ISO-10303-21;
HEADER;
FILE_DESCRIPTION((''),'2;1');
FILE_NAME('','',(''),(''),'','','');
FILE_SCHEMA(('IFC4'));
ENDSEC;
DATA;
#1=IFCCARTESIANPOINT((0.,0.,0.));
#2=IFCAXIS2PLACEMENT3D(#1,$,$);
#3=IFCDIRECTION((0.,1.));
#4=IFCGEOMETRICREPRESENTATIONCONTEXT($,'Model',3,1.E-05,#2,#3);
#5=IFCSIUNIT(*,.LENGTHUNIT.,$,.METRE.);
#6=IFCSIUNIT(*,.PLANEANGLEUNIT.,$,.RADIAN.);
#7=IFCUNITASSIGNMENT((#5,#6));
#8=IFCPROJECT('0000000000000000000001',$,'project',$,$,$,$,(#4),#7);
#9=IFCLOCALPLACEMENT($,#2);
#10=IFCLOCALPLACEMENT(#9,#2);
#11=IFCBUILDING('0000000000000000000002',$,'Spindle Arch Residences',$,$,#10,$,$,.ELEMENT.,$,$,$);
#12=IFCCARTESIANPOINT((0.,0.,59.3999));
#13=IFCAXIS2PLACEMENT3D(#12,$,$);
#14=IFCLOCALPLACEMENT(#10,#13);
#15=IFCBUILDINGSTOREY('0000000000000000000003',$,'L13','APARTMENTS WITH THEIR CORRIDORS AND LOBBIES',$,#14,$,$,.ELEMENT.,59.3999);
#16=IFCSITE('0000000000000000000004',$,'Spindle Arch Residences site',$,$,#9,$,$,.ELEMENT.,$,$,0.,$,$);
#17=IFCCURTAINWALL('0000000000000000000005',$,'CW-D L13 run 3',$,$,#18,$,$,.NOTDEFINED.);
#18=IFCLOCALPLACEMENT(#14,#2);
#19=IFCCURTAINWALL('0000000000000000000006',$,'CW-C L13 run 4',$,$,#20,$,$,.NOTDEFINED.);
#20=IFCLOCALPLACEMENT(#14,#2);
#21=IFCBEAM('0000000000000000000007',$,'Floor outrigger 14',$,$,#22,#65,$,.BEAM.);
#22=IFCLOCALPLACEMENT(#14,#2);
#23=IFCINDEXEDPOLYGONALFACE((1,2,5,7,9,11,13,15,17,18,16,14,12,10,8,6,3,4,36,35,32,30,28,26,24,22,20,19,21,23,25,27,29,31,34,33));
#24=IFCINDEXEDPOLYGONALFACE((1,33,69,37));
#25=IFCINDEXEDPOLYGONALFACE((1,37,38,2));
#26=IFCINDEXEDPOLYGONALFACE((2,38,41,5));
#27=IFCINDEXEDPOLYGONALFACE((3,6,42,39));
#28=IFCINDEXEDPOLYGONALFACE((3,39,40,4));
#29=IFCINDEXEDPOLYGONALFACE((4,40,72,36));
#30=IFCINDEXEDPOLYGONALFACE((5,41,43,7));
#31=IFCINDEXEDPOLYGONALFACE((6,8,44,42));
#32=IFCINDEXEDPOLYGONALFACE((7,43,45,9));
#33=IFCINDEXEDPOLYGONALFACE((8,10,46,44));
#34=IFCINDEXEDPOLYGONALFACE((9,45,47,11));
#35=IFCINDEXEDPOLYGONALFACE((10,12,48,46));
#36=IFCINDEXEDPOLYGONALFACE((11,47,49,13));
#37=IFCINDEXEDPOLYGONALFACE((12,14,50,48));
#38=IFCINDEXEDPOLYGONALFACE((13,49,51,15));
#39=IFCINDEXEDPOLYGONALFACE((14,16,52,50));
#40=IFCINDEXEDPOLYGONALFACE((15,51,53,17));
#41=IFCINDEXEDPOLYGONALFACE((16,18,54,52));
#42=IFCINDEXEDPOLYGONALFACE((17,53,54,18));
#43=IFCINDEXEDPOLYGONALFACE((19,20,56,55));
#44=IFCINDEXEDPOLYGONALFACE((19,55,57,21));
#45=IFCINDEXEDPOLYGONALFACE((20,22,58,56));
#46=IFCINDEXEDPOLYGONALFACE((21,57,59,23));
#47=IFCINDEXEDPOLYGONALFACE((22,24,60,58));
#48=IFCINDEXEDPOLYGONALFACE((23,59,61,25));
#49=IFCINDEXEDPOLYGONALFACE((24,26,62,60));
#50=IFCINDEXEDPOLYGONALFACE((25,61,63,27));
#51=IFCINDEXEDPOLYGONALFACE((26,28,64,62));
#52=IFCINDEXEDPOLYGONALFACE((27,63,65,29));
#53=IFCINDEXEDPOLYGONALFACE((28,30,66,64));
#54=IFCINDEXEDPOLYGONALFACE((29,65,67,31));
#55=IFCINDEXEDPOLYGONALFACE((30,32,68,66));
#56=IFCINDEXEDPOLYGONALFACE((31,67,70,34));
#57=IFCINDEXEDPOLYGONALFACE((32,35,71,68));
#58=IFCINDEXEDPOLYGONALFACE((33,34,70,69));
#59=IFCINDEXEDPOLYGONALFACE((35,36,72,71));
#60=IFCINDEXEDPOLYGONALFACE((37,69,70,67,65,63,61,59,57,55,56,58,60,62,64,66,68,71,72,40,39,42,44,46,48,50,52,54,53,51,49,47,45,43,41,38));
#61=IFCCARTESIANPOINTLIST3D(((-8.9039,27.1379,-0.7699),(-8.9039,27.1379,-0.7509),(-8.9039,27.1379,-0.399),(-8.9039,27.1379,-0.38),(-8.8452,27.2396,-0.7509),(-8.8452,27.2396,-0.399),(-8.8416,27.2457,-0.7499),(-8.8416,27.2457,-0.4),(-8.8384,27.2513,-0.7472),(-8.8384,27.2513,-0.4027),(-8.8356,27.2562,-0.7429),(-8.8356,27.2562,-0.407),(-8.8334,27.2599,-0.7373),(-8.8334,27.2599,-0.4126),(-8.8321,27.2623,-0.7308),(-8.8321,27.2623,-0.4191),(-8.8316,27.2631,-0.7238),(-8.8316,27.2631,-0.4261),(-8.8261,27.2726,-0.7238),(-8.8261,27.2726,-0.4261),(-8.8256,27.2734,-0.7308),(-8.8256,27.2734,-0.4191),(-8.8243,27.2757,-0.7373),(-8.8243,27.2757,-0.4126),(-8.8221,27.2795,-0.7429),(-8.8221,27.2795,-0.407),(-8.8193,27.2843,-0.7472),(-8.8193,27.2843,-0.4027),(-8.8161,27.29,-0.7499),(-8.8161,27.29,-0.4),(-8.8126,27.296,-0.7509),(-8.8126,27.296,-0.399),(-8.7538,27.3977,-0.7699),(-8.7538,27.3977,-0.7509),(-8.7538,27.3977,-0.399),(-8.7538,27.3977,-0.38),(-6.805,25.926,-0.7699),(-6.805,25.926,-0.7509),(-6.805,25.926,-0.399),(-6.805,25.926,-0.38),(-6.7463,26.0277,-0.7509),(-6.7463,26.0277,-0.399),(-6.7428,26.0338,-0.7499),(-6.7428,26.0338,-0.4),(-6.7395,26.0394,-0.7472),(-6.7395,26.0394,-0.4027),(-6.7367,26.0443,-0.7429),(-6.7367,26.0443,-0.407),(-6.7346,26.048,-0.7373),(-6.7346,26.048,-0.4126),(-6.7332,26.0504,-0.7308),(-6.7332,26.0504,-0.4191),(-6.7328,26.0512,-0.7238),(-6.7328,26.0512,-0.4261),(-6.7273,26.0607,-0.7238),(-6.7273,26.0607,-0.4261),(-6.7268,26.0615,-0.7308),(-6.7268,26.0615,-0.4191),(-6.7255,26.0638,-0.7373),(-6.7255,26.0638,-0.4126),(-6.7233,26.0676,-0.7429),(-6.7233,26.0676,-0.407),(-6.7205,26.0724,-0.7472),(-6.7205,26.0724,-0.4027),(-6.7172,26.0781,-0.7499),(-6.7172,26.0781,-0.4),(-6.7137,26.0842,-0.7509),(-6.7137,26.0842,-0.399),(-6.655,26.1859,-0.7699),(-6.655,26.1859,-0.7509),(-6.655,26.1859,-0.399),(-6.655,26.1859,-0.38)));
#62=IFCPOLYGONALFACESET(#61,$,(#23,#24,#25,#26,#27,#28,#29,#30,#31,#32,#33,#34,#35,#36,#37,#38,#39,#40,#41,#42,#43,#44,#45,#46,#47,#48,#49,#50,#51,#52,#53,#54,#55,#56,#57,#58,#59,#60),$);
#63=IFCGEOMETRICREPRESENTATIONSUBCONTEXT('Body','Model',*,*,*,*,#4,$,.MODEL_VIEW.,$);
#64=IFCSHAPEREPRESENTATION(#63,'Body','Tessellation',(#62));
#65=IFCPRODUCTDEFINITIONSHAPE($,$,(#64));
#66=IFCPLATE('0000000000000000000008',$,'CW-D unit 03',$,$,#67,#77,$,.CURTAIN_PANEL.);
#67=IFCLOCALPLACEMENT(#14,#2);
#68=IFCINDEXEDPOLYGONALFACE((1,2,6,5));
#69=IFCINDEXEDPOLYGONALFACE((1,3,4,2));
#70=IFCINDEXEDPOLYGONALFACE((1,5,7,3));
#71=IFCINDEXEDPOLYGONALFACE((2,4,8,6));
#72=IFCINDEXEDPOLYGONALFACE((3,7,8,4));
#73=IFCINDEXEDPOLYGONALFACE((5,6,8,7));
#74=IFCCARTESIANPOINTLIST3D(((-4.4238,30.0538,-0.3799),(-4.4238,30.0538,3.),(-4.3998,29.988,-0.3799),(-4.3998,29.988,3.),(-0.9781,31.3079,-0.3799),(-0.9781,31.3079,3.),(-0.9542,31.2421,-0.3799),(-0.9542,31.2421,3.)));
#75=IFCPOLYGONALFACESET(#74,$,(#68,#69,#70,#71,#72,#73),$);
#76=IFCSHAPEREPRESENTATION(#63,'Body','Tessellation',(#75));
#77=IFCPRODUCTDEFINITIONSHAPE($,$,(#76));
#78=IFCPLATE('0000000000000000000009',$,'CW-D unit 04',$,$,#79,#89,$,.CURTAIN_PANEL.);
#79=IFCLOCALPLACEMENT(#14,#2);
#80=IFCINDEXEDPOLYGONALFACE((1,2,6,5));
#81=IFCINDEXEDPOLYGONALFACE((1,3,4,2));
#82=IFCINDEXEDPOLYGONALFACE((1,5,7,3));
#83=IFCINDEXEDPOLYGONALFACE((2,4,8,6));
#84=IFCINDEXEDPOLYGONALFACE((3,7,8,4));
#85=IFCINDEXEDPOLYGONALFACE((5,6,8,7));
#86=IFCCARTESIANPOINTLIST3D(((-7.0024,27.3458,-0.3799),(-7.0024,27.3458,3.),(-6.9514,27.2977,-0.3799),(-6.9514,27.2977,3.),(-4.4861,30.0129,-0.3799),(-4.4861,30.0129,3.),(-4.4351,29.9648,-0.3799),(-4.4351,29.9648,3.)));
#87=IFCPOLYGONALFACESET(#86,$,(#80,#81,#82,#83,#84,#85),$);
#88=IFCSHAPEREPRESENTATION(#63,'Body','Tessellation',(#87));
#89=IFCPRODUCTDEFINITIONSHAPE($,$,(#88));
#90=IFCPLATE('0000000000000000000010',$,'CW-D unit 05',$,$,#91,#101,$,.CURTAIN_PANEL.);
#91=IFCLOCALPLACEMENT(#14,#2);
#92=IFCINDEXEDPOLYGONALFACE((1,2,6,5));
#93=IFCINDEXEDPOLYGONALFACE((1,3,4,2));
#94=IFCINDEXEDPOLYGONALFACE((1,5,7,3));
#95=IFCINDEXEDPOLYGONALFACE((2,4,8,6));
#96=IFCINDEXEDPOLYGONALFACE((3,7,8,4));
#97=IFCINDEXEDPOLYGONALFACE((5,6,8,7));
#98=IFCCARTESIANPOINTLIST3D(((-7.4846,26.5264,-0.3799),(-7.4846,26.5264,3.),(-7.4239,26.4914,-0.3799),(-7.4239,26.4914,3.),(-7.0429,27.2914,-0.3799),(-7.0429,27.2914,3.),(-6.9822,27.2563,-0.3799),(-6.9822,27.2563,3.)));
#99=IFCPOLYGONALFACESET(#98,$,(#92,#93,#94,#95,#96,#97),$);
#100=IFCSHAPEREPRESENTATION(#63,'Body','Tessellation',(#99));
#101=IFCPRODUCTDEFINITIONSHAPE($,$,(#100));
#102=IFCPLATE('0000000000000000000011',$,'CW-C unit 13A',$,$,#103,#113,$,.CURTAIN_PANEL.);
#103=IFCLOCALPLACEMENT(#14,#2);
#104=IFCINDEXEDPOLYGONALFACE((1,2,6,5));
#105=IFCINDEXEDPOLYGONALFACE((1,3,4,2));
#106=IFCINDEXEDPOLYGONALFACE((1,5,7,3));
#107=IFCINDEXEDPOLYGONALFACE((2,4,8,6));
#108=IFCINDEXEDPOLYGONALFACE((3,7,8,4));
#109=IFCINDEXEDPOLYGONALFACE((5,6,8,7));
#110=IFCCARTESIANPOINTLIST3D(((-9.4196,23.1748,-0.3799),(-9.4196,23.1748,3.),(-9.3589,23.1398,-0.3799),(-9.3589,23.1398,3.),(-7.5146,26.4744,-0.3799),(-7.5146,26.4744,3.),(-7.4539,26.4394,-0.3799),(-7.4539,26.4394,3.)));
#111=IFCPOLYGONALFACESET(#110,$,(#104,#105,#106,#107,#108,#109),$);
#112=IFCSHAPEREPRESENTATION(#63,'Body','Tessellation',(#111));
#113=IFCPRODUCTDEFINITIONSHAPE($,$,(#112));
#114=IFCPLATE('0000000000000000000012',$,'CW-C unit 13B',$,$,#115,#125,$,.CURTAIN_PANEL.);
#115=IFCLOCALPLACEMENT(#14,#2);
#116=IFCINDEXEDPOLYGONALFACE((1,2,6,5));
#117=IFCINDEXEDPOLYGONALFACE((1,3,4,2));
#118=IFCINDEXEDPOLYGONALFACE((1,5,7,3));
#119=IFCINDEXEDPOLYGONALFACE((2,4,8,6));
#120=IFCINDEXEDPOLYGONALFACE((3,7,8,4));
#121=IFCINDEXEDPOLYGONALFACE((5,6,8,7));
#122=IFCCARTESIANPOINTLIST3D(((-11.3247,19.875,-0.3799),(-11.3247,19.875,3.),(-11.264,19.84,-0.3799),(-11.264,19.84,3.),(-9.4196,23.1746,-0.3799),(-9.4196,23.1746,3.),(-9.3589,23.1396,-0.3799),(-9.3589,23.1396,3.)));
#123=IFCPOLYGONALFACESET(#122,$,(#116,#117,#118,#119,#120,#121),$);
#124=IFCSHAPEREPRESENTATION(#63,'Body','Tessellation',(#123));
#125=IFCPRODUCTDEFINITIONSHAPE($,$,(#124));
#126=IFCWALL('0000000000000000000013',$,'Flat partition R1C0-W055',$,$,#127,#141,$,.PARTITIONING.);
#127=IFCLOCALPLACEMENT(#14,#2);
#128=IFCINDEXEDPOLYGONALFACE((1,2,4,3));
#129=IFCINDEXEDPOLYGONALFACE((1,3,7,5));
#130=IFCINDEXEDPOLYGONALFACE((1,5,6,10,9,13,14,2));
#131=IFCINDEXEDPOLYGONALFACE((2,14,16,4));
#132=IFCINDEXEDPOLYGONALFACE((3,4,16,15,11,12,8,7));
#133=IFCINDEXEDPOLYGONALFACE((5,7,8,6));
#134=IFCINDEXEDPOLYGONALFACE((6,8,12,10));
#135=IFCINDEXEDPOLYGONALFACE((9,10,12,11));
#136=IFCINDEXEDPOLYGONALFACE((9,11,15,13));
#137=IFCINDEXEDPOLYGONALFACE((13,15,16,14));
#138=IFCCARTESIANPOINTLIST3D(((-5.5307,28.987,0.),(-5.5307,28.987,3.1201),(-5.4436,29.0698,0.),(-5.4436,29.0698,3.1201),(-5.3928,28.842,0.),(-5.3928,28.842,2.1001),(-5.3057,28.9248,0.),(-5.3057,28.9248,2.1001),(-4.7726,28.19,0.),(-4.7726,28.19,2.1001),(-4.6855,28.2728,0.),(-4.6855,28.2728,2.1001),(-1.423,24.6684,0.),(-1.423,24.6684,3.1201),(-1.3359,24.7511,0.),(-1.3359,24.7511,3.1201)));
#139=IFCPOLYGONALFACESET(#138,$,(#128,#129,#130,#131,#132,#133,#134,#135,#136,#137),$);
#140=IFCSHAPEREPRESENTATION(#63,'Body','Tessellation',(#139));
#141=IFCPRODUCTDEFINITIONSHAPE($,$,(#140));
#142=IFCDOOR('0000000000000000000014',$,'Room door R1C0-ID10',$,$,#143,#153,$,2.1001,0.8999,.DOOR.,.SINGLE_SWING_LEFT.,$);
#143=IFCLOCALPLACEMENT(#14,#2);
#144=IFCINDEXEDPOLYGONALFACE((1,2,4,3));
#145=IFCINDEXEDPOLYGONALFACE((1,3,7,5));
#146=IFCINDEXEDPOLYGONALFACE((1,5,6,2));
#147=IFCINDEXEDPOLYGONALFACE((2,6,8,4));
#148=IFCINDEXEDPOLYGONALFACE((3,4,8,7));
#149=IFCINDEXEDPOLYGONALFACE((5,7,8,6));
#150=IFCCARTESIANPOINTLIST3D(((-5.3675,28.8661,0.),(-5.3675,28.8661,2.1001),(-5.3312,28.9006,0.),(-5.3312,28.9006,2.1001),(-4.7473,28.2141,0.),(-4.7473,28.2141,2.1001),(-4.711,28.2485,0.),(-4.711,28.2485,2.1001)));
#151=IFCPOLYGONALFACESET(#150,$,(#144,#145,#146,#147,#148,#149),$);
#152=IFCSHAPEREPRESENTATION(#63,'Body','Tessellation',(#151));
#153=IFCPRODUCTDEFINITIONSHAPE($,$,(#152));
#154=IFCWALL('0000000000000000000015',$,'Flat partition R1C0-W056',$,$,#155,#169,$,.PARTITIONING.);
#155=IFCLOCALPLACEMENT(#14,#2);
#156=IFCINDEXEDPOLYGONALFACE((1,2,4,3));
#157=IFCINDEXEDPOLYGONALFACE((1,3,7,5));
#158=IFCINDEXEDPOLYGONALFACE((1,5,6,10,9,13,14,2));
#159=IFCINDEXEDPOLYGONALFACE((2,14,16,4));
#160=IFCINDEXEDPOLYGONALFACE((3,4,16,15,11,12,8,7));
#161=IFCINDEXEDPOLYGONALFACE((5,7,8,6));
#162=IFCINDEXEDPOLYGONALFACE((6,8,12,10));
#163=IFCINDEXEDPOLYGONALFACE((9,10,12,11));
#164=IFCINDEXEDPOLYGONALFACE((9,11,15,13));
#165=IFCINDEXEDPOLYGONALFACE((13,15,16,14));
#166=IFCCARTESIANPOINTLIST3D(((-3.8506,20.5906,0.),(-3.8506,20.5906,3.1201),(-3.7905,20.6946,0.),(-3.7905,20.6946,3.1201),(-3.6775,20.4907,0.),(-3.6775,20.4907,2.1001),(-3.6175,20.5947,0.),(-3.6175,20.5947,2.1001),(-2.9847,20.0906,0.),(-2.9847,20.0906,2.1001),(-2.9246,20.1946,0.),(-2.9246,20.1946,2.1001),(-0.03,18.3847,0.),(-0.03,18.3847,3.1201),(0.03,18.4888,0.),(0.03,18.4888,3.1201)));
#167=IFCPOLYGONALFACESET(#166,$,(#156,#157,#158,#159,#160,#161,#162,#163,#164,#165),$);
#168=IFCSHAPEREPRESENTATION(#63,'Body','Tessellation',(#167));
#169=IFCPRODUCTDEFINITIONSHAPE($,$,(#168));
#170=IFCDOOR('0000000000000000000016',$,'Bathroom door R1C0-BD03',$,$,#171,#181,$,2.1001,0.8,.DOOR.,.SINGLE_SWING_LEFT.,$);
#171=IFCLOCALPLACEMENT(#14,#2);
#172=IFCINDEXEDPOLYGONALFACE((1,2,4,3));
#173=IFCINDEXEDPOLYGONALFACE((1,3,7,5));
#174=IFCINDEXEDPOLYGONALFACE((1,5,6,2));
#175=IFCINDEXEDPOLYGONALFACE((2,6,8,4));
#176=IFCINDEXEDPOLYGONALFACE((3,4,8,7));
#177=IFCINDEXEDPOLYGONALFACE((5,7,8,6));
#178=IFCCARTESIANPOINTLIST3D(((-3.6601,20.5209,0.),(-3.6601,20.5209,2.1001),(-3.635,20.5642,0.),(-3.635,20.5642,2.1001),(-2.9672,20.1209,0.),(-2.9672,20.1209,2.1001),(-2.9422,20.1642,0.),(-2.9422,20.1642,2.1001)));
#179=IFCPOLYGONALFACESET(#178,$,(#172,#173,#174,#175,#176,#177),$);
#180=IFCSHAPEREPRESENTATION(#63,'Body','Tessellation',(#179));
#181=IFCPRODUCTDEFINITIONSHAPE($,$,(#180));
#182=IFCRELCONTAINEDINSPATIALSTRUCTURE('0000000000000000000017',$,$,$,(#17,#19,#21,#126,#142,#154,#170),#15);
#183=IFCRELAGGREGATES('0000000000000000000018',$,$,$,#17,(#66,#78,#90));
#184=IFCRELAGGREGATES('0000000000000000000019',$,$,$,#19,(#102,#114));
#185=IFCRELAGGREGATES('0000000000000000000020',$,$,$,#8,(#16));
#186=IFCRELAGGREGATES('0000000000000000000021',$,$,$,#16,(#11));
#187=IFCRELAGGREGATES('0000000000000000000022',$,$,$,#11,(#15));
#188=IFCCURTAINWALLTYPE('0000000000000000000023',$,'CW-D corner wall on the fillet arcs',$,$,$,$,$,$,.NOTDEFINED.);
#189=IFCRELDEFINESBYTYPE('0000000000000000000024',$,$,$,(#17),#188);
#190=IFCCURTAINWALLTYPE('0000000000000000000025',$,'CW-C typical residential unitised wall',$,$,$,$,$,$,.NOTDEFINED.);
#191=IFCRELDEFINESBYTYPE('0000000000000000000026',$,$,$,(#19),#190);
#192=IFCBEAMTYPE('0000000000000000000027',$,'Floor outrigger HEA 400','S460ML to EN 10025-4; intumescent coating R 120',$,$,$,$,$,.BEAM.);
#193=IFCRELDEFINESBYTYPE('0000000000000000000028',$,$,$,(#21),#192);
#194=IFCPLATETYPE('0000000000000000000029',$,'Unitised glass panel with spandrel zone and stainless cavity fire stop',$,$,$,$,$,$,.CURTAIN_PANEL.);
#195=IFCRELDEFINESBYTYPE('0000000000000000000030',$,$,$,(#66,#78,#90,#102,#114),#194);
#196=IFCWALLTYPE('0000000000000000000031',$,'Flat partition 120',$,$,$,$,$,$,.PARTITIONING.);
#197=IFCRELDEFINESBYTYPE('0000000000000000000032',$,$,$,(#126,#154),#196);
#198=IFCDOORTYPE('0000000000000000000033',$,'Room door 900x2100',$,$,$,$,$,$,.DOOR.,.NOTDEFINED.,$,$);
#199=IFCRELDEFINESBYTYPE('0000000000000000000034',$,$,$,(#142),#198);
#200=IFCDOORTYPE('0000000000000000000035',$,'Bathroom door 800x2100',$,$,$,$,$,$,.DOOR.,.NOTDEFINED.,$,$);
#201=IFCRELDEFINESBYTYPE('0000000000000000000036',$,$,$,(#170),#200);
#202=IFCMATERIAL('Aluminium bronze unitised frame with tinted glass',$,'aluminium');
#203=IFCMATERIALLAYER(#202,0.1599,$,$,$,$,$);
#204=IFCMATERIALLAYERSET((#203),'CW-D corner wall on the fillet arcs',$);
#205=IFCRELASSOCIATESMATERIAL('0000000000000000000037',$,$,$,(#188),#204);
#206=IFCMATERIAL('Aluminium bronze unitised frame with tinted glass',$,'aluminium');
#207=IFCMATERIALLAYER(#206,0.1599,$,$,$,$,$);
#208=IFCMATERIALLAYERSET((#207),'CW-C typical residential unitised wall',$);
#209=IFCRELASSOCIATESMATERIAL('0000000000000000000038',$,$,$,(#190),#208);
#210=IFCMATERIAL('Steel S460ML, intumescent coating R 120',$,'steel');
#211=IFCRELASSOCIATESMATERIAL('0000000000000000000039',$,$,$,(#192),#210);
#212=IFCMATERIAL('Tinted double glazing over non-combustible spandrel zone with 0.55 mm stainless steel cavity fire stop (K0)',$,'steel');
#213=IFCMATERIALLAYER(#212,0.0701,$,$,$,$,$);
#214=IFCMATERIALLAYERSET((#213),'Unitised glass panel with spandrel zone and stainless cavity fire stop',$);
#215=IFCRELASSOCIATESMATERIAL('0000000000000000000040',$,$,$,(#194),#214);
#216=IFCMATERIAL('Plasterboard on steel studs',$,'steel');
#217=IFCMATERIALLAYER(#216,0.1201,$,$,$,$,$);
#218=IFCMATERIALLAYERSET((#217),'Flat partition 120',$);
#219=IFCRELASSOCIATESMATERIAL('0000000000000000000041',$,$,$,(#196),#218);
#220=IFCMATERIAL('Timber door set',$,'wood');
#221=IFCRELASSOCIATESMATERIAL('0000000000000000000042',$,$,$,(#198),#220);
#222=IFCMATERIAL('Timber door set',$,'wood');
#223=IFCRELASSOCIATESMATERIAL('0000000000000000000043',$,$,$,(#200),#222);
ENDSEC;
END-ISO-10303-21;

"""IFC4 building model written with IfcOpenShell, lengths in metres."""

from ifc_helpers import new_model, si_unit, direction, frame, frame_2d, origin, origin_2d, place, context, subcontext, project, spatial, rectangle, i_section, extrude, material, layer, layer_set, material_profile, profile_set, type_object, element, fill, aggregate, save


model = new_model("IFC4")

# Units and contexts
model_context = context("Model", 3, precision=1e-05, world=origin(), true_north=direction((0.0, 1.0)))
body_context = subcontext(model_context, "Body", "Model", "MODEL_VIEW")
ifc_project = project(units=[si_unit("LENGTHUNIT", "METRE"), si_unit("PLANEANGLEUNIT", "RADIAN")], contexts=[model_context])

# Site, building, storey
site_placement = place(None, origin())
site = spatial("IfcSite", under=ifc_project, at=site_placement, Name="Spindle Arch Residences site", CompositionType="ELEMENT", RefElevation=0.0)
building_placement = place(site_placement, origin())
building = spatial("IfcBuilding", under=site, at=building_placement, Name="Spindle Arch Residences", CompositionType="ELEMENT")
storey_placement = place(building_placement, frame((0.0, 0.0, 59.3999)))
storey = spatial("IfcBuildingStorey", under=building, at=storey_placement, Name="L13", Description="APARTMENTS WITH THEIR CORRIDORS AND LOBBIES", CompositionType="ELEMENT", Elevation=59.3999)

# Curtain wall
ifc_material_1 = material(Name="Aluminium bronze unitised frame with tinted glass", Category="aluminium")
ifc_layer_1 = layer(ifc_material_1, 0.1599)
ifc_layer_set_1 = layer_set([ifc_layer_1], Name="CW-D corner wall on the fillet arcs")
curtain_wall_type_1 = type_object("IfcCurtainWallType", Name="CW-D corner wall on the fillet arcs", PredefinedType="NOTDEFINED", material=ifc_layer_set_1)
curtain_wall_1_placement = place(storey_placement, origin())
curtain_wall_1 = element("IfcCurtainWall", 1, at=curtain_wall_1_placement, inside=storey, type_object=curtain_wall_type_1, Name="CW-D L13 run 3", PredefinedType="NOTDEFINED")

# Curtain wall
ifc_material_2 = material(Name="Aluminium bronze unitised frame with tinted glass", Category="aluminium")
ifc_layer_2 = layer(ifc_material_2, 0.1599)
ifc_layer_set_2 = layer_set([ifc_layer_2], Name="CW-C typical residential unitised wall")
curtain_wall_type_2 = type_object("IfcCurtainWallType", Name="CW-C typical residential unitised wall", PredefinedType="NOTDEFINED", material=ifc_layer_set_2)
curtain_wall_2_placement = place(storey_placement, origin())
curtain_wall_2 = element("IfcCurtainWall", 2, at=curtain_wall_2_placement, inside=storey, type_object=curtain_wall_type_2, Name="CW-C L13 run 4", PredefinedType="NOTDEFINED")

# Beam
ifc_material_3 = material(Name="Steel S460ML, intumescent coating R 120", Category="steel")
ifc_material_profile_1 = material_profile(ifc_material_3, i_section(OverallWidth=0.3, OverallDepth=0.3899, WebThickness=0.011, FlangeThickness=0.019, FilletRadius=0.0271, at=origin_2d()), Name="HEA 400")
ifc_profile_set_1 = profile_set([ifc_material_profile_1], Name="Steel S460ML, intumescent coating R 120")
beam_type_1 = type_object("IfcBeamType", Name="Floor outrigger HEA 400", Description="S460ML to EN 10025-4; intumescent coating R 120", PredefinedType="BEAM", material=ifc_profile_set_1)
beam_1_placement = place(storey_placement, frame((-8.8289, 27.2678, -0.575), z_axis=(0.866003, -0.500039, 0.0), x_axis=(0.500039, 0.866003, 0.0)))
element("IfcBeam", 3, at=beam_1_placement, inside=storey, type_object=beam_type_1, Name="Floor outrigger 14", PredefinedType="BEAM", context=body_context, shape_type="SweptSolid", body=[
    extrude(i_section(OverallWidth=0.3, OverallDepth=0.3899, WebThickness=0.011, FlangeThickness=0.019, FilletRadius=0.0271, at=origin_2d()), origin(), (0.0, 0.0, 1.0), 2.4236),
])

# Plates
ifc_material_4 = material(Name="Tinted double glazing over non-combustible spandrel zone with 0.55 mm stainless steel cavity fire stop (K0)", Category="steel")
ifc_layer_3 = layer(ifc_material_4, 0.0701)
ifc_layer_set_3 = layer_set([ifc_layer_3], Name="Unitised glass panel with spandrel zone and stainless cavity fire stop")
plate_type = type_object("IfcPlateType", Name="Unitised glass panel with spandrel zone and stainless cavity fire stop", PredefinedType="CURTAIN_PANEL", material=ifc_layer_set_3)
plate_1_placement = place(storey_placement, frame((-2.689, 30.6479, -0.3799), z_axis=(0.0, 0.0, 1.0), x_axis=(-0.939693, -0.34202, 0.0)))
plate_1 = element("IfcPlate", 4, at=plate_1_placement, type_object=plate_type, Name="CW-D unit 03", PredefinedType="CURTAIN_PANEL", context=body_context, shape_type="SweptSolid", body=[
    extrude(rectangle(XDim=3.6667, YDim=0.0701, at=origin_2d()), origin(), (0.0, 0.0, 1.0), 3.3799),
])
plate_2_placement = place(storey_placement, frame((-5.7188, 28.6553, -0.3799), z_axis=(0.0, 0.0, 1.0), x_axis=(-0.686242, -0.727374, 0.0)))
plate_2 = element("IfcPlate", 5, at=plate_2_placement, type_object=plate_type, Name="CW-D unit 04", PredefinedType="CURTAIN_PANEL", context=body_context, shape_type="SweptSolid", body=[
    extrude(rectangle(XDim=3.6667, YDim=0.0701, at=origin_2d()), origin(), (0.0, 0.0, 1.0), 3.3799),
])
plate_3_placement = place(storey_placement, frame((-7.2334, 26.8914, -0.3799), z_axis=(0.0, 0.0, 1.0), x_axis=(-0.5, -0.866025, 0.0)))
plate_3 = element("IfcPlate", 6, at=plate_3_placement, type_object=plate_type, Name="CW-D unit 05", PredefinedType="CURTAIN_PANEL", context=body_context, shape_type="SweptSolid", body=[
    extrude(rectangle(XDim=0.8833, YDim=0.0701, at=origin_2d()), origin(), (0.0, 0.0, 1.0), 3.3799),
])
aggregate(curtain_wall_1, [plate_1, plate_2, plate_3])
plate_4_placement = place(storey_placement, frame((-8.4368, 24.8071, -0.3799), z_axis=(0.0, 0.0, 1.0), x_axis=(-0.5, -0.866025, 0.0)))
plate_4 = element("IfcPlate", 7, at=plate_4_placement, type_object=plate_type, Name="CW-C unit 13A", PredefinedType="CURTAIN_PANEL", context=body_context, shape_type="SweptSolid", body=[
    extrude(rectangle(XDim=3.8101, YDim=0.0701, at=origin_2d()), origin(), (0.0, 0.0, 1.0), 3.3799),
])
plate_5_placement = place(storey_placement, frame((-10.3418, 21.5073, -0.3799), z_axis=(0.0, 0.0, 1.0), x_axis=(-0.5, -0.866025, 0.0)))
plate_5 = element("IfcPlate", 8, at=plate_5_placement, type_object=plate_type, Name="CW-C unit 13B", PredefinedType="CURTAIN_PANEL", context=body_context, shape_type="SweptSolid", body=[
    extrude(rectangle(XDim=3.8101, YDim=0.0701, at=origin_2d()), origin(), (0.0, 0.0, 1.0), 3.3799),
])
aggregate(curtain_wall_2, [plate_4, plate_5])

# Walls, openings, doors
ifc_material_5 = material(Name="Plasterboard on steel studs", Category="steel")
ifc_layer_4 = layer(ifc_material_5, 0.1201)
ifc_layer_set_4 = layer_set([ifc_layer_4], Name="Flat partition 120")
wall_type = type_object("IfcWallType", Name="Flat partition 120", PredefinedType="PARTITIONING", material=ifc_layer_set_4)
wall_1_placement = place(storey_placement, frame((-5.4871, 29.0283, 0.0), z_axis=(0.0, 0.0, 1.0), x_axis=(0.68919, -0.724581, 0.0)))
wall_1 = element("IfcWall", 9, at=wall_1_placement, inside=storey, type_object=wall_type, Name="Flat partition R1C0-W055", PredefinedType="PARTITIONING", context=body_context, shape_type="SweptSolid", body=[
    extrude(rectangle(XDim=5.9602, YDim=0.1201, at=frame_2d((2.98, 0.0))), origin(), (0.0, 0.0, 1.0), 3.1201),
])
opening_1_placement = place(wall_1_placement, frame((0.2, 0.0, 0.0)))
opening_1 = element("IfcOpeningElement", 10, at=opening_1_placement, cuts=wall_1, PredefinedType="OPENING", context=body_context, shape_type="SweptSolid", body=[
    extrude(rectangle(XDim=0.8999, YDim=2.1001, at=frame_2d((0.45, 1.05))), frame((0.0, 0.0701, 0.0), z_axis=(0.0, -1.0, 0.0), x_axis=(1.0, 0.0, 0.0)), (0.0, 0.0, 1.0), 0.1401),
])
ifc_material_6 = material(Name="Timber door set", Category="wood")
door_type_1 = type_object("IfcDoorType", Name="Room door 900x2100", OperationType="NOTDEFINED", PredefinedType="DOOR", material=ifc_material_6)
door_1_placement = place(opening_1_placement, origin())
door_1 = element("IfcDoor", 11, at=door_1_placement, inside=storey, type_object=door_type_1, Name="Room door R1C0-ID10", OperationType="SINGLE_SWING_LEFT", OverallHeight=2.1001, OverallWidth=0.8999, PredefinedType="DOOR", context=body_context, shape_type="SweptSolid", body=[
    extrude(rectangle(XDim=0.8999, YDim=2.1001, at=frame_2d((0.45, 1.05))), frame((0.0, 0.0249, 0.0), z_axis=(0.0, -1.0, 0.0), x_axis=(1.0, 0.0, 0.0)), (0.0, 0.0, 1.0), 0.05),
])
fill(opening_1, door_1)
wall_2_placement = place(storey_placement, frame((-3.8206, 20.6426, 0.0), z_axis=(0.0, 0.0, 1.0), x_axis=(0.866024, -0.500002, 0.0)))
wall_2 = element("IfcWall", 12, at=wall_2_placement, inside=storey, type_object=wall_type, Name="Flat partition R1C0-W056", PredefinedType="PARTITIONING", context=body_context, shape_type="SweptSolid", body=[
    extrude(rectangle(XDim=4.4116, YDim=0.1201, at=frame_2d((2.2058, 0.0))), origin(), (0.0, 0.0, 1.0), 3.1201),
])
opening_2_placement = place(wall_2_placement, frame((0.2, 0.0, 0.0)))
opening_2 = element("IfcOpeningElement", 13, at=opening_2_placement, cuts=wall_2, PredefinedType="OPENING", context=body_context, shape_type="SweptSolid", body=[
    extrude(rectangle(XDim=0.8, YDim=2.1001, at=frame_2d((0.3999, 1.05))), frame((0.0, 0.0701, 0.0), z_axis=(0.0, -1.0, 0.0), x_axis=(1.0, 0.0, 0.0)), (0.0, 0.0, 1.0), 0.1401),
])
ifc_material_7 = material(Name="Timber door set", Category="wood")
door_type_2 = type_object("IfcDoorType", Name="Bathroom door 800x2100", OperationType="NOTDEFINED", PredefinedType="DOOR", material=ifc_material_7)
door_2_placement = place(opening_2_placement, origin())
door_2 = element("IfcDoor", 14, at=door_2_placement, inside=storey, type_object=door_type_2, Name="Bathroom door R1C0-BD03", OperationType="SINGLE_SWING_LEFT", OverallHeight=2.1001, OverallWidth=0.8, PredefinedType="DOOR", context=body_context, shape_type="SweptSolid", body=[
    extrude(rectangle(XDim=0.8, YDim=2.1001, at=frame_2d((0.3999, 1.05))), frame((0.0, 0.0249, 0.0), z_axis=(0.0, -1.0, 0.0), x_axis=(1.0, 0.0, 0.0)), (0.0, 0.0, 1.0), 0.05),
])
fill(opening_2, door_2)

save(model, "model.ifc")
